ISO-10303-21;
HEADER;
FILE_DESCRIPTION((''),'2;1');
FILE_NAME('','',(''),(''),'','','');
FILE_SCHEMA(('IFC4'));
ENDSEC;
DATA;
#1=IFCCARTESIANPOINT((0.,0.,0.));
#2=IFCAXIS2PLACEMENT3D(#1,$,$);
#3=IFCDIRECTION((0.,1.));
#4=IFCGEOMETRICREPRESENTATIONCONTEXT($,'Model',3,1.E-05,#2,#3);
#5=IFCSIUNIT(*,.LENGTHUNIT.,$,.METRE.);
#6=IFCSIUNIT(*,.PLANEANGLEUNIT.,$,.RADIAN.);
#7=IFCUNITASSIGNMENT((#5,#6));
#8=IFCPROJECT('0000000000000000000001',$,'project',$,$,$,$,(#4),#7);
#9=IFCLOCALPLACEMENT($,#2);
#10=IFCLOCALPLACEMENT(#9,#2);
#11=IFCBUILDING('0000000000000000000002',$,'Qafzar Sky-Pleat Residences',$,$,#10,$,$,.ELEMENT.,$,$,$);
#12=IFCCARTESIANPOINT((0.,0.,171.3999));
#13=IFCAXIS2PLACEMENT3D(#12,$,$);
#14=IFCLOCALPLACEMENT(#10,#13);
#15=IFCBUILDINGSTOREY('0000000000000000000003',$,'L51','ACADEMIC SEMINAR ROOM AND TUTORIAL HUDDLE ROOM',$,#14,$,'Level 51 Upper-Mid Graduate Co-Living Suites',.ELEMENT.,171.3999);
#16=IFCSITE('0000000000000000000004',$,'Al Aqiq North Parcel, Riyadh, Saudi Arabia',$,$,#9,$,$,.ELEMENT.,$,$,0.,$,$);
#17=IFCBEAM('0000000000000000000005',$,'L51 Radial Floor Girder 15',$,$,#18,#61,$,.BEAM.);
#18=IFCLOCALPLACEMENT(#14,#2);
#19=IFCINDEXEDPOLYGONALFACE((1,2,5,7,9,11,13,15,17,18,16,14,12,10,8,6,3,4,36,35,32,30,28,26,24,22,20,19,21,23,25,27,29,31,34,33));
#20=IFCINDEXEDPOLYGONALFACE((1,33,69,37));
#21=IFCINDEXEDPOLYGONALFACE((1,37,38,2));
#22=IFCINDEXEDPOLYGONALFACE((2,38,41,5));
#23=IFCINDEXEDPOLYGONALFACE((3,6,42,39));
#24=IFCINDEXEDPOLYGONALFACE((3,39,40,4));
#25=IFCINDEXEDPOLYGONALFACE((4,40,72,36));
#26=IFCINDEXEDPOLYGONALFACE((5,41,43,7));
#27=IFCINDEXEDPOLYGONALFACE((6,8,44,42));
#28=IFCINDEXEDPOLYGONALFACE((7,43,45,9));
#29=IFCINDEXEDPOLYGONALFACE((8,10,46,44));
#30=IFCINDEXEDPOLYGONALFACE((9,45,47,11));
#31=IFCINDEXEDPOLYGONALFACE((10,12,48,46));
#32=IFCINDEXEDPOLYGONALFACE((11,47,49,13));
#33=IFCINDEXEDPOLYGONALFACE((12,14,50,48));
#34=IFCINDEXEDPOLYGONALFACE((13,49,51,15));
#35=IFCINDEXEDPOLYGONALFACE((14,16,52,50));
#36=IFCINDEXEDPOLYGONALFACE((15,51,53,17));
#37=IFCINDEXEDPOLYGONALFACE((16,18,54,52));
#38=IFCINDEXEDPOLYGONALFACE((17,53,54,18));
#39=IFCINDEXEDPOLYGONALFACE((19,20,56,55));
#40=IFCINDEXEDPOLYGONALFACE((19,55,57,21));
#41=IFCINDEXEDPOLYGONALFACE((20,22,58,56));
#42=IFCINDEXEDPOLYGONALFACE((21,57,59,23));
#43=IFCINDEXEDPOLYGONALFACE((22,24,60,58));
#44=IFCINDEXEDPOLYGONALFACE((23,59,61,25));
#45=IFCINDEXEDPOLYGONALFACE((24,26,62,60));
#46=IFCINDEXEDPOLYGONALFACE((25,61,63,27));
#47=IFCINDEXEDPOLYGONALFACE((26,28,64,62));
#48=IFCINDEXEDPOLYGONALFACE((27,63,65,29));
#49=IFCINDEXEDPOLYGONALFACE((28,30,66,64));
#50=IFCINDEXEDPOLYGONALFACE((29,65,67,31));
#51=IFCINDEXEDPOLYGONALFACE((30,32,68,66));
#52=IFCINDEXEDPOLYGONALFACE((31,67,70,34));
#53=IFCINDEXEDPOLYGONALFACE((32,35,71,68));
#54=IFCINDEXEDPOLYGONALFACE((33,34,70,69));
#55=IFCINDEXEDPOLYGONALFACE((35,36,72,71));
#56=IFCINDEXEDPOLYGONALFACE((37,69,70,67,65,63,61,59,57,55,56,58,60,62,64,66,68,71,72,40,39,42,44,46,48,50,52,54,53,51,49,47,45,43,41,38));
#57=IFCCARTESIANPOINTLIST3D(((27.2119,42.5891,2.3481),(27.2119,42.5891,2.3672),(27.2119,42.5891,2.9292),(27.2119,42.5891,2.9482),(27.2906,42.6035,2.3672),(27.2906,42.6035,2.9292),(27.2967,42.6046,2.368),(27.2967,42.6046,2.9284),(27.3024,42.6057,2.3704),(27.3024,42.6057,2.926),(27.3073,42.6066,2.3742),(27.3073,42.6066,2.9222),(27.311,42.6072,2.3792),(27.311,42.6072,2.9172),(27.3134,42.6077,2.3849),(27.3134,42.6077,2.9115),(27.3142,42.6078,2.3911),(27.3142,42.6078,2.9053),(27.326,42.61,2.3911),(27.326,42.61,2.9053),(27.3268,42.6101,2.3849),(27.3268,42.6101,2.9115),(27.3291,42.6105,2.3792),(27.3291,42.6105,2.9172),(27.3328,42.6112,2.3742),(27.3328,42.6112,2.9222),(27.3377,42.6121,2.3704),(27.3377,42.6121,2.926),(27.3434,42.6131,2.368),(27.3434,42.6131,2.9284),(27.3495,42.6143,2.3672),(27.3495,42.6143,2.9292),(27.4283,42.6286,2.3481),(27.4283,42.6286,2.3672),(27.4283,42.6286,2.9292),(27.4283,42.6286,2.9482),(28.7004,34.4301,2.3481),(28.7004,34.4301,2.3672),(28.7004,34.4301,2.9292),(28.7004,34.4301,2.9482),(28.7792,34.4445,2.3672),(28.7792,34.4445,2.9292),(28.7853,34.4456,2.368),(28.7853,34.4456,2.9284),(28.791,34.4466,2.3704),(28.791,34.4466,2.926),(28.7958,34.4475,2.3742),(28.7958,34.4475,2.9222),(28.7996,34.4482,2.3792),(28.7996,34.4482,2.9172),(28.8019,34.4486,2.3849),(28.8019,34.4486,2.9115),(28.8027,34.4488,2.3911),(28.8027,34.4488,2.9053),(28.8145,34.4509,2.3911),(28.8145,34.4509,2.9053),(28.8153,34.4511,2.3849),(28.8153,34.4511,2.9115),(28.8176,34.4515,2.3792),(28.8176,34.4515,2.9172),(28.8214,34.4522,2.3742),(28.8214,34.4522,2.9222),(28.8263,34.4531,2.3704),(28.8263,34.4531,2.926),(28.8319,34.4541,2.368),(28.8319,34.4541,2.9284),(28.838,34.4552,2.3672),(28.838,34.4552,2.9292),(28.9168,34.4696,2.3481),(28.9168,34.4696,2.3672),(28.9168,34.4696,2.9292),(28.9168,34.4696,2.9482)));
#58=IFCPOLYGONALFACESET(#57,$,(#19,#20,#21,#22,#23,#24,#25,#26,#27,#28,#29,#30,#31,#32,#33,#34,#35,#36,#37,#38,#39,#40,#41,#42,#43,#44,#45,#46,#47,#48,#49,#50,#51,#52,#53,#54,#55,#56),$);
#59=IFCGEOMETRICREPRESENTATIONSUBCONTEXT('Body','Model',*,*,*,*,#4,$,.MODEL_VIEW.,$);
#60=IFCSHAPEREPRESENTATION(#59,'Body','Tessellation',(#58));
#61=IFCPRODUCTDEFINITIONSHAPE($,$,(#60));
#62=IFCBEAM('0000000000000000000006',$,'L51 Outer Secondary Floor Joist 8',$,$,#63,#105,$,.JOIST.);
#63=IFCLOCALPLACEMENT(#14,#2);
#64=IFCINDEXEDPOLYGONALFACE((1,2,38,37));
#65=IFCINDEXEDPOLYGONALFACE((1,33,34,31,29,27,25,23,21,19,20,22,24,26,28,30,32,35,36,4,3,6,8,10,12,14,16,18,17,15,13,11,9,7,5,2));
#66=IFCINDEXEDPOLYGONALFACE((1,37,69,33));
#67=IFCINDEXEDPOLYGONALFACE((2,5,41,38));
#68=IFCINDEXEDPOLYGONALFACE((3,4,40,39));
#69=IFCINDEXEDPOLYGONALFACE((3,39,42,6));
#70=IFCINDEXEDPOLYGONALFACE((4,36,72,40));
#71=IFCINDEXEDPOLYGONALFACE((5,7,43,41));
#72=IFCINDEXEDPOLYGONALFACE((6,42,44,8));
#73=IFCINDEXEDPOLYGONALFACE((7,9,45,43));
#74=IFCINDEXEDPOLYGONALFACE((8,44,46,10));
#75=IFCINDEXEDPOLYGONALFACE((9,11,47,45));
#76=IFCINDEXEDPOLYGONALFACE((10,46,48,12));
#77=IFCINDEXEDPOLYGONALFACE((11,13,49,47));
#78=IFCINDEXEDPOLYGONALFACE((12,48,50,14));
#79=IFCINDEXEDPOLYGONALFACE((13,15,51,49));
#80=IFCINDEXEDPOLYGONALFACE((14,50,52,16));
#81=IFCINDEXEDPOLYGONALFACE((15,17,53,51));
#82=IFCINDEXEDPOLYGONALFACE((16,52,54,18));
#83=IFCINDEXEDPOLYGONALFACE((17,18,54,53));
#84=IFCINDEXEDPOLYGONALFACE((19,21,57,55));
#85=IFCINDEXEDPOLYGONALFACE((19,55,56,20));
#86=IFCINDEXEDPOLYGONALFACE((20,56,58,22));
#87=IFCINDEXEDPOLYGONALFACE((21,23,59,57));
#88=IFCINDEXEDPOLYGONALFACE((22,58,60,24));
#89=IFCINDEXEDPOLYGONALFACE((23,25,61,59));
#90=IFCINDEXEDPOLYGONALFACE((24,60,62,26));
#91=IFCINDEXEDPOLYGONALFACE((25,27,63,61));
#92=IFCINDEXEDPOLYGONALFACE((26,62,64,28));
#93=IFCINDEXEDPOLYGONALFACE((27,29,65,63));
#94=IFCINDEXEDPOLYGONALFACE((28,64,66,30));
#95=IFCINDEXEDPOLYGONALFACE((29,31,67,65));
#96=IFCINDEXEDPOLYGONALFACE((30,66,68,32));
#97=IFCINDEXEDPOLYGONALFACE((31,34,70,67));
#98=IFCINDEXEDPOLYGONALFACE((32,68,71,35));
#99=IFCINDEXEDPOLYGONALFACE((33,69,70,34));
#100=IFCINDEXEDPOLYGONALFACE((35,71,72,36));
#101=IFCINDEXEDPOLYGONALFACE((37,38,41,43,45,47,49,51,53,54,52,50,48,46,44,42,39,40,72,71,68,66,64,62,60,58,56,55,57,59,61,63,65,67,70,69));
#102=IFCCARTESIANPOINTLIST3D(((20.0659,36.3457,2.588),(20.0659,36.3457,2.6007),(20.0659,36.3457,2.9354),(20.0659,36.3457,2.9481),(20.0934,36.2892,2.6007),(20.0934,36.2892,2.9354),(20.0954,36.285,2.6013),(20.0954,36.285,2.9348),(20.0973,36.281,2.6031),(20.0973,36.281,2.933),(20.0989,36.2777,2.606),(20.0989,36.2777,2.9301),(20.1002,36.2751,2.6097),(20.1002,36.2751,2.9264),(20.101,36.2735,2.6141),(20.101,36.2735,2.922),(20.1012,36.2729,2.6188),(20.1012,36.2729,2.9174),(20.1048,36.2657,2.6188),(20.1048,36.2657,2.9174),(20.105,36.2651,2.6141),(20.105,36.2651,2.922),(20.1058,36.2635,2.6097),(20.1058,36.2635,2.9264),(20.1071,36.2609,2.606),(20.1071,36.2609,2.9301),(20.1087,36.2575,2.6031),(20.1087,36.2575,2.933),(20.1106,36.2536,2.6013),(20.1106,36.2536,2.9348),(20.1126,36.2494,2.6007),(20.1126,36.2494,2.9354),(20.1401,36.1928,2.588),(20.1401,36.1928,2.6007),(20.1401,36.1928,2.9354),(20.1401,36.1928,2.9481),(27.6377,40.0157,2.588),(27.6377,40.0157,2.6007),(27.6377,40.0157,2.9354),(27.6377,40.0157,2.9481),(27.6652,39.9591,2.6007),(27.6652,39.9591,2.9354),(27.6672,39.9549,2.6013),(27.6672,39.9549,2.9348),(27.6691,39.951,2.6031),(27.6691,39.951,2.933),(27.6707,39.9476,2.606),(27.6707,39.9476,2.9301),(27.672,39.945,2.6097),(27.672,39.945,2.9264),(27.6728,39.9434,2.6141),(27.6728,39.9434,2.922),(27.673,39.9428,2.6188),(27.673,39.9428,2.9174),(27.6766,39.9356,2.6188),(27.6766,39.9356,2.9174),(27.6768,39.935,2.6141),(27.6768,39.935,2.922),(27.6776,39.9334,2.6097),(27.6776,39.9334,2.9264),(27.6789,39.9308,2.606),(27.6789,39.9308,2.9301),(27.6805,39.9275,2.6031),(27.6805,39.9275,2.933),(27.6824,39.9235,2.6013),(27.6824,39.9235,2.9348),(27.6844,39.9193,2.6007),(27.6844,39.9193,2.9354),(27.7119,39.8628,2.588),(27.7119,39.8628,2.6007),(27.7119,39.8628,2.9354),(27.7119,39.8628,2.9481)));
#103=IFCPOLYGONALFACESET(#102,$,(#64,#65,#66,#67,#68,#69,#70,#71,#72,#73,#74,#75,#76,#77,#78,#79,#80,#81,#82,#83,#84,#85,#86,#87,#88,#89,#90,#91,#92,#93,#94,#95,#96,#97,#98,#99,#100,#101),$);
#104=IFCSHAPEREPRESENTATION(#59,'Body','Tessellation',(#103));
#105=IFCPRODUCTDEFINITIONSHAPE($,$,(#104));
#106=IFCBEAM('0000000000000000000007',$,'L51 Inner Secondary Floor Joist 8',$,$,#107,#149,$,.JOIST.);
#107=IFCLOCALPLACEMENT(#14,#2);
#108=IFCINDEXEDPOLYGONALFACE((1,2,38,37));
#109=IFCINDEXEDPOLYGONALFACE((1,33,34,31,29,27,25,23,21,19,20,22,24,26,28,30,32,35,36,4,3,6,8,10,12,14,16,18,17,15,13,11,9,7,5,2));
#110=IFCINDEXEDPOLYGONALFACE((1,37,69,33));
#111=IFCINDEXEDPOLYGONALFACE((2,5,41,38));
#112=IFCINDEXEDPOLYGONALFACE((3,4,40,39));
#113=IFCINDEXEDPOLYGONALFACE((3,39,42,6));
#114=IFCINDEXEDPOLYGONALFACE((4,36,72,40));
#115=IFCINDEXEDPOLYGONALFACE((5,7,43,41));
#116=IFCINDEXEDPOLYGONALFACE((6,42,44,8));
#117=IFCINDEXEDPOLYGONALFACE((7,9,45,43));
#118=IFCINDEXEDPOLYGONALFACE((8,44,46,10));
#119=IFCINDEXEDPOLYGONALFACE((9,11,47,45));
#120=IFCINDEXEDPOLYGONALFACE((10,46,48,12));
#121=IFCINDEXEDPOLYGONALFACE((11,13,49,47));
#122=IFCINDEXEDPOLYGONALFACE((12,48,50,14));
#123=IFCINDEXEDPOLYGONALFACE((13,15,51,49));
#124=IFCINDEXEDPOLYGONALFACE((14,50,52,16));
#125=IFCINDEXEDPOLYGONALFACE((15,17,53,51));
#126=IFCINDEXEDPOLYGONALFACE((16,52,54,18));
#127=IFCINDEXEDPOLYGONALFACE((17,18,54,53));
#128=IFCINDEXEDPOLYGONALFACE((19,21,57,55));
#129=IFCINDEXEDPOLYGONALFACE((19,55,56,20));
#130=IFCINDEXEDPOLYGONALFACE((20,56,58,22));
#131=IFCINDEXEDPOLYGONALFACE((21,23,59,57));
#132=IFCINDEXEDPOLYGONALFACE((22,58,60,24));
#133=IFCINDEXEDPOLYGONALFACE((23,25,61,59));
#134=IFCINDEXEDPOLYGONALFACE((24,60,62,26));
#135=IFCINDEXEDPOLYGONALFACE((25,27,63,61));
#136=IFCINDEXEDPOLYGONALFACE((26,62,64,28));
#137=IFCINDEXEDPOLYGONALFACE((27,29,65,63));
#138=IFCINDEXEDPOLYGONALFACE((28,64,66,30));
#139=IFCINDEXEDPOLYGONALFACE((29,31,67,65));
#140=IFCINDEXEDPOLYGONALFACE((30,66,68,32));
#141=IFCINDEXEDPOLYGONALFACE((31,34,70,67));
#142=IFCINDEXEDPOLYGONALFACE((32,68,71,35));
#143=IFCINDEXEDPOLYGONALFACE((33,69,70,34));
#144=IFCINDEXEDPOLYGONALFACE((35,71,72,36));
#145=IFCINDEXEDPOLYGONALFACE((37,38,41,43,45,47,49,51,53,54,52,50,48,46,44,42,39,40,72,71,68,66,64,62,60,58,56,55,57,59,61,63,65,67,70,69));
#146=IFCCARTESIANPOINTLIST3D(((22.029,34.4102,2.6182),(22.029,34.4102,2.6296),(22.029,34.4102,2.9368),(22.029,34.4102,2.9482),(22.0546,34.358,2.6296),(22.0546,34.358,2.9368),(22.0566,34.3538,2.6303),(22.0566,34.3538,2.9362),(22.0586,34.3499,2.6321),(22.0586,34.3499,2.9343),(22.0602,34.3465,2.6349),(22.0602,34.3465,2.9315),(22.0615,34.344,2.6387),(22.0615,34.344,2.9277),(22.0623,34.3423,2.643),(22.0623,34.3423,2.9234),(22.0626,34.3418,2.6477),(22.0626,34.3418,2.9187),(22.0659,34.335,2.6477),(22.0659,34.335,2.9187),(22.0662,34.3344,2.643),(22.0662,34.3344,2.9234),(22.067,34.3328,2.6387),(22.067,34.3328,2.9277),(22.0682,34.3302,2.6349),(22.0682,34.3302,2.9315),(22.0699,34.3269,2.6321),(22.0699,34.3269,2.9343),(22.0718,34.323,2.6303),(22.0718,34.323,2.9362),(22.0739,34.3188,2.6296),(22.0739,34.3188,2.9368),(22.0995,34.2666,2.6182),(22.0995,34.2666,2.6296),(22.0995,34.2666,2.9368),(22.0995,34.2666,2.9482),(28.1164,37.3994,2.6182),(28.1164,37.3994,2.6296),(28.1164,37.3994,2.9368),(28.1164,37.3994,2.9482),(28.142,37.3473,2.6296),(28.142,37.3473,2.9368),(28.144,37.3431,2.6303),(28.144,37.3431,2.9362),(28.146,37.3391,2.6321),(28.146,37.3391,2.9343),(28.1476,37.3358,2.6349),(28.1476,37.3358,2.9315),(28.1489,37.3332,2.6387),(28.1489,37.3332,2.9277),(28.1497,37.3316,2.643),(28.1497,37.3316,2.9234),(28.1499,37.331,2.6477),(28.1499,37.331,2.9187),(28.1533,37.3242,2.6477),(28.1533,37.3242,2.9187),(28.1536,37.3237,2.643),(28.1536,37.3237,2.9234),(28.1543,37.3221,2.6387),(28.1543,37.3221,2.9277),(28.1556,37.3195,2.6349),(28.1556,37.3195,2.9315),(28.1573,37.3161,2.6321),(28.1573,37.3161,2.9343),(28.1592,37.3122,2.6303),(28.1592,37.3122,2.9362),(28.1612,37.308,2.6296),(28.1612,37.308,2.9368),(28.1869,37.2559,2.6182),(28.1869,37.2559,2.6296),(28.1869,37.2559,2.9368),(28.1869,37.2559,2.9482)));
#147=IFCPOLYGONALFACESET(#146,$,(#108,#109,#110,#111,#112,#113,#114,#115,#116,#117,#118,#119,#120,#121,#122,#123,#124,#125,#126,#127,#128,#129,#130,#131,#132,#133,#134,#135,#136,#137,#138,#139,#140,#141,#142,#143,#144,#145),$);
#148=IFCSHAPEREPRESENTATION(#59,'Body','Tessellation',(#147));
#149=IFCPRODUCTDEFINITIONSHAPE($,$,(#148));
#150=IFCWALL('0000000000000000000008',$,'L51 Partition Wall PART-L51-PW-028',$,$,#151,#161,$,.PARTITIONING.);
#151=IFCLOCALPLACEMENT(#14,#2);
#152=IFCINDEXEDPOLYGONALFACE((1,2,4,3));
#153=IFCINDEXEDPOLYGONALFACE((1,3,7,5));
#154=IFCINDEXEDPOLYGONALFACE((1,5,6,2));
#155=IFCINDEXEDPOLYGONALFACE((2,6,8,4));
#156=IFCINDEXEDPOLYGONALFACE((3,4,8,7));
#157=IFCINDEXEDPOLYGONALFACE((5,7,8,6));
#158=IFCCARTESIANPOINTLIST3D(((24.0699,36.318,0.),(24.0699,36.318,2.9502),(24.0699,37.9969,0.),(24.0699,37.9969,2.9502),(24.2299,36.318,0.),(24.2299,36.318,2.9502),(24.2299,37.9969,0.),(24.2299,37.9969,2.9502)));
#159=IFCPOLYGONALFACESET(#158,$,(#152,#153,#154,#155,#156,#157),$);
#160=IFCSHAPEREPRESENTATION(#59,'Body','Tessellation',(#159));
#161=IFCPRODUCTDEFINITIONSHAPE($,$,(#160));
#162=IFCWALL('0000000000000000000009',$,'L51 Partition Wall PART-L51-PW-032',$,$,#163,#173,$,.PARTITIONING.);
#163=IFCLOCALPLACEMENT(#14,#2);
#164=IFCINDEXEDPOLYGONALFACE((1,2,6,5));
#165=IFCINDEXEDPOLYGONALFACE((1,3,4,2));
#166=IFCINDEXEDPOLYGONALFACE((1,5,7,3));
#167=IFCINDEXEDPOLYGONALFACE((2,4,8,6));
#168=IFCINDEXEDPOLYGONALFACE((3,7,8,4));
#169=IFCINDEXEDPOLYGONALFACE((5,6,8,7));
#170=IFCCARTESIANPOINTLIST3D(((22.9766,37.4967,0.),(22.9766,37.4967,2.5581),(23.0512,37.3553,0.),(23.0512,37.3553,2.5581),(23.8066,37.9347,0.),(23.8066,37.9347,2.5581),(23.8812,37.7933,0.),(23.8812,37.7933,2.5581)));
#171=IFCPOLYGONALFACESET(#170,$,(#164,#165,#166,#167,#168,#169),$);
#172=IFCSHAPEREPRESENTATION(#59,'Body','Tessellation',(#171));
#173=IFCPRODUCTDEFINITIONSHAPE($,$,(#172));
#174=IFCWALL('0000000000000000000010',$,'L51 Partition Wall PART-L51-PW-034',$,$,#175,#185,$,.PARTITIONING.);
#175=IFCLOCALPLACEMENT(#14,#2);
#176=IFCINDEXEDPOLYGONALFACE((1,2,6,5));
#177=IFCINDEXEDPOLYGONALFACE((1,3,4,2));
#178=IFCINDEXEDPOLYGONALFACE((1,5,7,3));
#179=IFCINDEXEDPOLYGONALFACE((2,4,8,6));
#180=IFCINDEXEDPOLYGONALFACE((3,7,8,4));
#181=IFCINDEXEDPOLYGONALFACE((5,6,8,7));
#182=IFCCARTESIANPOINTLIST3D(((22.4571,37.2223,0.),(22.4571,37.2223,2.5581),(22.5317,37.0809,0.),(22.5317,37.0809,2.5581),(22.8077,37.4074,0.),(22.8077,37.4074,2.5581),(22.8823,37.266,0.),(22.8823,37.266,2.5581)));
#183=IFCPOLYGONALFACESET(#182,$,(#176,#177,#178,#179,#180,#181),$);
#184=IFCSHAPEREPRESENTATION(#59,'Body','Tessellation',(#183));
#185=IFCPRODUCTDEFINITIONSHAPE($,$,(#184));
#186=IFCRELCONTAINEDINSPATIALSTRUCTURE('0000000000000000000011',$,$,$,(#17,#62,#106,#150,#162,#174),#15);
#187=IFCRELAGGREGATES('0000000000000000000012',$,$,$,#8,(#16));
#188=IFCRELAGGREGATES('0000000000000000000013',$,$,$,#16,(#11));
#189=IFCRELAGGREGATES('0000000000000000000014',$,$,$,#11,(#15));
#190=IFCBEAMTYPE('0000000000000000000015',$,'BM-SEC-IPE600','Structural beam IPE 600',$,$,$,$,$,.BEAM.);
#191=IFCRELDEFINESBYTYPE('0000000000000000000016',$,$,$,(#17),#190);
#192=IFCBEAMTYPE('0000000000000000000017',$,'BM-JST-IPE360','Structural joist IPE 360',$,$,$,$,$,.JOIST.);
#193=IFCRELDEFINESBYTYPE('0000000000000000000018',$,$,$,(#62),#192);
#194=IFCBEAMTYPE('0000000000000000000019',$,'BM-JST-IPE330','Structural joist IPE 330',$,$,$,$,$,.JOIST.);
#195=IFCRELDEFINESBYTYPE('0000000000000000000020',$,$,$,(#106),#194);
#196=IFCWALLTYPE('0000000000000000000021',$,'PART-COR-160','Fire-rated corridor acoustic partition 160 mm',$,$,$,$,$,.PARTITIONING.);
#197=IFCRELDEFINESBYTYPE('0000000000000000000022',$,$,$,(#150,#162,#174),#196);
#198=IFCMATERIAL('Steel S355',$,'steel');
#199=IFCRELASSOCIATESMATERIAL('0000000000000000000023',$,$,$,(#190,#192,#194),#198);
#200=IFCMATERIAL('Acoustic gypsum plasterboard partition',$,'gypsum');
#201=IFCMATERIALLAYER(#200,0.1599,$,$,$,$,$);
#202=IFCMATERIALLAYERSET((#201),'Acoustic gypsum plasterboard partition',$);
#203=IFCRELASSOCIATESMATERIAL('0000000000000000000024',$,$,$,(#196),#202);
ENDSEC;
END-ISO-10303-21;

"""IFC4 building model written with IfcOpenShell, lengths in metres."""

from ifc_helpers import new_model, si_unit, direction, frame, frame_2d, origin, origin_2d, place, context, subcontext, project, spatial, rectangle, i_section, extrude, source, transform, mapped, material, layer, layer_set, material_profile, profile_set, type_object, element, save


model = new_model("IFC4")

# Units and contexts
model_context = context("Model", 3, precision=1e-05, world=origin(), true_north=direction((0.0, 1.0)))
body_context = subcontext(model_context, "Body", "Model", "MODEL_VIEW")
ifc_project = project(units=[si_unit("LENGTHUNIT", "METRE"), si_unit("PLANEANGLEUNIT", "RADIAN")], contexts=[model_context])

# Site, building, storey
site_placement = place(None, origin())
site = spatial("IfcSite", under=ifc_project, at=site_placement, Name="Al Aqiq North Parcel, Riyadh, Saudi Arabia", CompositionType="ELEMENT", RefElevation=0.0)
building_placement = place(site_placement, origin())
building = spatial("IfcBuilding", under=site, at=building_placement, Name="Qafzar Sky-Pleat Residences", CompositionType="ELEMENT")
storey_placement = place(building_placement, frame((0.0, 0.0, 171.3999)))
storey = spatial("IfcBuildingStorey", under=building, at=storey_placement, Name="L51", Description="ACADEMIC SEMINAR ROOM AND TUTORIAL HUDDLE ROOM", LongName="Level 51 Upper-Mid Graduate Co-Living Suites", CompositionType="ELEMENT", Elevation=171.3999)

# Shared definitions
ifc_material_1 = material(Name="Steel S355", Category="steel")

# Beams
ifc_material_profile_1 = material_profile(ifc_material_1, i_section(OverallWidth=0.22, OverallDepth=0.6001, WebThickness=0.012, FlangeThickness=0.019, FilletRadius=0.0239, at=origin_2d()), Name="IPE 600")
ifc_profile_set_1 = profile_set([ifc_material_profile_1], Name="Steel S355")
beam_type_1 = type_object("IfcBeamType", Name="BM-SEC-IPE600", Description="Structural beam IPE 600", PredefinedType="BEAM", material=ifc_profile_set_1)
shared_shape_1 = source(origin(), body_context, "Body", "SweptSolid", [
    extrude(i_section(OverallWidth=0.22, OverallDepth=0.6001, WebThickness=0.012, FlangeThickness=0.019, FilletRadius=0.0239, at=origin_2d()), origin(), (0.0, 0.0, 1.0), 8.2937),
])
beam_1_placement = place(storey_placement, frame((27.3201, 42.6089, 2.6482), z_axis=(0.179479, -0.983762, 0.0), x_axis=(0.983762, 0.179479, 0.0)))
element("IfcBeam", 1, at=beam_1_placement, inside=storey, type_object=beam_type_1, Name="L51 Radial Floor Girder 15", PredefinedType="BEAM", context=body_context, shape_type="MappedRepresentation", body=[
    mapped(shared_shape_1, transform((0.0, 0.0, 0.0), x_axis=(1.0, 0.0, 0.0), y_axis=(0.0, 1.0, 0.0), z_axis=(0.0, 0.0, 1.0), scale=1.0)),
])
ifc_material_profile_2 = material_profile(ifc_material_1, i_section(OverallWidth=0.1699, OverallDepth=0.3601, WebThickness=0.0081, FlangeThickness=0.0127, FilletRadius=0.0181, at=origin_2d()), Name="IPE 360")
ifc_profile_set_2 = profile_set([ifc_material_profile_2], Name="Steel S355")
beam_type_2 = type_object("IfcBeamType", Name="BM-JST-IPE360", Description="Structural joist IPE 360", PredefinedType="JOIST", material=ifc_profile_set_2)
shared_shape_2 = source(origin(), body_context, "Body", "SweptSolid", [
    extrude(i_section(OverallWidth=0.1699, OverallDepth=0.3601, WebThickness=0.0081, FlangeThickness=0.0127, FilletRadius=0.0181, at=origin_2d()), origin(), (0.0, 0.0, 1.0), 8.4143),
])
beam_2_placement = place(storey_placement, frame((27.6748, 39.9392, 2.7681), z_axis=(-0.899872, -0.436154, 0.0), x_axis=(0.436154, -0.899872, 0.0)))
element("IfcBeam", 2, at=beam_2_placement, inside=storey, type_object=beam_type_2, Name="L51 Outer Secondary Floor Joist 8", PredefinedType="JOIST", context=body_context, shape_type="MappedRepresentation", body=[
    mapped(shared_shape_2, transform((0.0, 0.0, 0.0), x_axis=(1.0, 0.0, 0.0), y_axis=(0.0, 1.0, 0.0), z_axis=(0.0, 0.0, 1.0), scale=1.0)),
])
ifc_material_profile_3 = material_profile(ifc_material_1, i_section(OverallWidth=0.1599, OverallDepth=0.3301, WebThickness=0.0076, FlangeThickness=0.0115, FilletRadius=0.0181, at=origin_2d()), Name="IPE 330")
ifc_profile_set_3 = profile_set([ifc_material_profile_3], Name="Steel S355")
beam_type_3 = type_object("IfcBeamType", Name="BM-JST-IPE330", Description="Structural joist IPE 330", PredefinedType="JOIST", material=ifc_profile_set_3)
shared_shape_3 = source(origin(), body_context, "Body", "SweptSolid", [
    extrude(i_section(OverallWidth=0.1599, OverallDepth=0.3301, WebThickness=0.0076, FlangeThickness=0.0115, FilletRadius=0.0181, at=origin_2d()), origin(), (0.0, 0.0, 1.0), 6.7817),
])
beam_3_placement = place(storey_placement, frame((28.1516, 37.3276, 2.7832), z_axis=(-0.897615, -0.44078, 0.0), x_axis=(0.44078, -0.897615, 0.0)))
element("IfcBeam", 3, at=beam_3_placement, inside=storey, type_object=beam_type_3, Name="L51 Inner Secondary Floor Joist 8", PredefinedType="JOIST", context=body_context, shape_type="MappedRepresentation", body=[
    mapped(shared_shape_3, transform((0.0, 0.0, 0.0), x_axis=(1.0, 0.0, 0.0), y_axis=(0.0, 1.0, 0.0), z_axis=(0.0, 0.0, 1.0), scale=1.0)),
])

# Walls
ifc_material_2 = material(Name="Acoustic gypsum plasterboard partition", Category="gypsum")
ifc_layer_1 = layer(ifc_material_2, 0.1599)
ifc_layer_set_1 = layer_set([ifc_layer_1], Name="Acoustic gypsum plasterboard partition")
wall_type_1 = type_object("IfcWallType", Name="PART-COR-160", Description="Fire-rated corridor acoustic partition 160 mm", PredefinedType="PARTITIONING", material=ifc_layer_set_1)
wall_1_placement = place(storey_placement, frame((24.1499, 36.3181, 0.0), z_axis=(0.0, 0.0, 1.0), x_axis=(0.0, 1.0, 0.0)))
element("IfcWall", 4, at=wall_1_placement, inside=storey, type_object=wall_type_1, Name="L51 Partition Wall PART-L51-PW-028", PredefinedType="PARTITIONING", context=body_context, shape_type="SweptSolid", body=[
    extrude(rectangle(XDim=1.679, YDim=0.1599, at=frame_2d((0.8394, 0.0))), origin(), (0.0, 0.0, 1.0), 2.9502),
])
wall_2_placement = place(storey_placement, frame((23.0139, 37.426, 0.0), z_axis=(0.0, 0.0, 1.0), x_axis=(0.884432, 0.466668, 0.0)))
element("IfcWall", 5, at=wall_2_placement, inside=storey, type_object=wall_type_1, Name="L51 Partition Wall PART-L51-PW-032", PredefinedType="PARTITIONING", context=body_context, shape_type="SweptSolid", body=[
    extrude(rectangle(XDim=0.9385, YDim=0.1599, at=frame_2d((0.4692, 0.0))), origin(), (0.0, 0.0, 1.0), 2.5581),
])
wall_3_placement = place(storey_placement, frame((22.4944, 37.1516, 0.0), z_axis=(0.0, 0.0, 1.0), x_axis=(0.884357, 0.466812, 0.0)))
element("IfcWall", 6, at=wall_3_placement, inside=storey, type_object=wall_type_1, Name="L51 Partition Wall PART-L51-PW-034", PredefinedType="PARTITIONING", context=body_context, shape_type="SweptSolid", body=[
    extrude(rectangle(XDim=0.3965, YDim=0.1599, at=frame_2d((0.1982, 0.0))), origin(), (0.0, 0.0, 1.0), 2.5581),
])

save(model, "model.ifc")
